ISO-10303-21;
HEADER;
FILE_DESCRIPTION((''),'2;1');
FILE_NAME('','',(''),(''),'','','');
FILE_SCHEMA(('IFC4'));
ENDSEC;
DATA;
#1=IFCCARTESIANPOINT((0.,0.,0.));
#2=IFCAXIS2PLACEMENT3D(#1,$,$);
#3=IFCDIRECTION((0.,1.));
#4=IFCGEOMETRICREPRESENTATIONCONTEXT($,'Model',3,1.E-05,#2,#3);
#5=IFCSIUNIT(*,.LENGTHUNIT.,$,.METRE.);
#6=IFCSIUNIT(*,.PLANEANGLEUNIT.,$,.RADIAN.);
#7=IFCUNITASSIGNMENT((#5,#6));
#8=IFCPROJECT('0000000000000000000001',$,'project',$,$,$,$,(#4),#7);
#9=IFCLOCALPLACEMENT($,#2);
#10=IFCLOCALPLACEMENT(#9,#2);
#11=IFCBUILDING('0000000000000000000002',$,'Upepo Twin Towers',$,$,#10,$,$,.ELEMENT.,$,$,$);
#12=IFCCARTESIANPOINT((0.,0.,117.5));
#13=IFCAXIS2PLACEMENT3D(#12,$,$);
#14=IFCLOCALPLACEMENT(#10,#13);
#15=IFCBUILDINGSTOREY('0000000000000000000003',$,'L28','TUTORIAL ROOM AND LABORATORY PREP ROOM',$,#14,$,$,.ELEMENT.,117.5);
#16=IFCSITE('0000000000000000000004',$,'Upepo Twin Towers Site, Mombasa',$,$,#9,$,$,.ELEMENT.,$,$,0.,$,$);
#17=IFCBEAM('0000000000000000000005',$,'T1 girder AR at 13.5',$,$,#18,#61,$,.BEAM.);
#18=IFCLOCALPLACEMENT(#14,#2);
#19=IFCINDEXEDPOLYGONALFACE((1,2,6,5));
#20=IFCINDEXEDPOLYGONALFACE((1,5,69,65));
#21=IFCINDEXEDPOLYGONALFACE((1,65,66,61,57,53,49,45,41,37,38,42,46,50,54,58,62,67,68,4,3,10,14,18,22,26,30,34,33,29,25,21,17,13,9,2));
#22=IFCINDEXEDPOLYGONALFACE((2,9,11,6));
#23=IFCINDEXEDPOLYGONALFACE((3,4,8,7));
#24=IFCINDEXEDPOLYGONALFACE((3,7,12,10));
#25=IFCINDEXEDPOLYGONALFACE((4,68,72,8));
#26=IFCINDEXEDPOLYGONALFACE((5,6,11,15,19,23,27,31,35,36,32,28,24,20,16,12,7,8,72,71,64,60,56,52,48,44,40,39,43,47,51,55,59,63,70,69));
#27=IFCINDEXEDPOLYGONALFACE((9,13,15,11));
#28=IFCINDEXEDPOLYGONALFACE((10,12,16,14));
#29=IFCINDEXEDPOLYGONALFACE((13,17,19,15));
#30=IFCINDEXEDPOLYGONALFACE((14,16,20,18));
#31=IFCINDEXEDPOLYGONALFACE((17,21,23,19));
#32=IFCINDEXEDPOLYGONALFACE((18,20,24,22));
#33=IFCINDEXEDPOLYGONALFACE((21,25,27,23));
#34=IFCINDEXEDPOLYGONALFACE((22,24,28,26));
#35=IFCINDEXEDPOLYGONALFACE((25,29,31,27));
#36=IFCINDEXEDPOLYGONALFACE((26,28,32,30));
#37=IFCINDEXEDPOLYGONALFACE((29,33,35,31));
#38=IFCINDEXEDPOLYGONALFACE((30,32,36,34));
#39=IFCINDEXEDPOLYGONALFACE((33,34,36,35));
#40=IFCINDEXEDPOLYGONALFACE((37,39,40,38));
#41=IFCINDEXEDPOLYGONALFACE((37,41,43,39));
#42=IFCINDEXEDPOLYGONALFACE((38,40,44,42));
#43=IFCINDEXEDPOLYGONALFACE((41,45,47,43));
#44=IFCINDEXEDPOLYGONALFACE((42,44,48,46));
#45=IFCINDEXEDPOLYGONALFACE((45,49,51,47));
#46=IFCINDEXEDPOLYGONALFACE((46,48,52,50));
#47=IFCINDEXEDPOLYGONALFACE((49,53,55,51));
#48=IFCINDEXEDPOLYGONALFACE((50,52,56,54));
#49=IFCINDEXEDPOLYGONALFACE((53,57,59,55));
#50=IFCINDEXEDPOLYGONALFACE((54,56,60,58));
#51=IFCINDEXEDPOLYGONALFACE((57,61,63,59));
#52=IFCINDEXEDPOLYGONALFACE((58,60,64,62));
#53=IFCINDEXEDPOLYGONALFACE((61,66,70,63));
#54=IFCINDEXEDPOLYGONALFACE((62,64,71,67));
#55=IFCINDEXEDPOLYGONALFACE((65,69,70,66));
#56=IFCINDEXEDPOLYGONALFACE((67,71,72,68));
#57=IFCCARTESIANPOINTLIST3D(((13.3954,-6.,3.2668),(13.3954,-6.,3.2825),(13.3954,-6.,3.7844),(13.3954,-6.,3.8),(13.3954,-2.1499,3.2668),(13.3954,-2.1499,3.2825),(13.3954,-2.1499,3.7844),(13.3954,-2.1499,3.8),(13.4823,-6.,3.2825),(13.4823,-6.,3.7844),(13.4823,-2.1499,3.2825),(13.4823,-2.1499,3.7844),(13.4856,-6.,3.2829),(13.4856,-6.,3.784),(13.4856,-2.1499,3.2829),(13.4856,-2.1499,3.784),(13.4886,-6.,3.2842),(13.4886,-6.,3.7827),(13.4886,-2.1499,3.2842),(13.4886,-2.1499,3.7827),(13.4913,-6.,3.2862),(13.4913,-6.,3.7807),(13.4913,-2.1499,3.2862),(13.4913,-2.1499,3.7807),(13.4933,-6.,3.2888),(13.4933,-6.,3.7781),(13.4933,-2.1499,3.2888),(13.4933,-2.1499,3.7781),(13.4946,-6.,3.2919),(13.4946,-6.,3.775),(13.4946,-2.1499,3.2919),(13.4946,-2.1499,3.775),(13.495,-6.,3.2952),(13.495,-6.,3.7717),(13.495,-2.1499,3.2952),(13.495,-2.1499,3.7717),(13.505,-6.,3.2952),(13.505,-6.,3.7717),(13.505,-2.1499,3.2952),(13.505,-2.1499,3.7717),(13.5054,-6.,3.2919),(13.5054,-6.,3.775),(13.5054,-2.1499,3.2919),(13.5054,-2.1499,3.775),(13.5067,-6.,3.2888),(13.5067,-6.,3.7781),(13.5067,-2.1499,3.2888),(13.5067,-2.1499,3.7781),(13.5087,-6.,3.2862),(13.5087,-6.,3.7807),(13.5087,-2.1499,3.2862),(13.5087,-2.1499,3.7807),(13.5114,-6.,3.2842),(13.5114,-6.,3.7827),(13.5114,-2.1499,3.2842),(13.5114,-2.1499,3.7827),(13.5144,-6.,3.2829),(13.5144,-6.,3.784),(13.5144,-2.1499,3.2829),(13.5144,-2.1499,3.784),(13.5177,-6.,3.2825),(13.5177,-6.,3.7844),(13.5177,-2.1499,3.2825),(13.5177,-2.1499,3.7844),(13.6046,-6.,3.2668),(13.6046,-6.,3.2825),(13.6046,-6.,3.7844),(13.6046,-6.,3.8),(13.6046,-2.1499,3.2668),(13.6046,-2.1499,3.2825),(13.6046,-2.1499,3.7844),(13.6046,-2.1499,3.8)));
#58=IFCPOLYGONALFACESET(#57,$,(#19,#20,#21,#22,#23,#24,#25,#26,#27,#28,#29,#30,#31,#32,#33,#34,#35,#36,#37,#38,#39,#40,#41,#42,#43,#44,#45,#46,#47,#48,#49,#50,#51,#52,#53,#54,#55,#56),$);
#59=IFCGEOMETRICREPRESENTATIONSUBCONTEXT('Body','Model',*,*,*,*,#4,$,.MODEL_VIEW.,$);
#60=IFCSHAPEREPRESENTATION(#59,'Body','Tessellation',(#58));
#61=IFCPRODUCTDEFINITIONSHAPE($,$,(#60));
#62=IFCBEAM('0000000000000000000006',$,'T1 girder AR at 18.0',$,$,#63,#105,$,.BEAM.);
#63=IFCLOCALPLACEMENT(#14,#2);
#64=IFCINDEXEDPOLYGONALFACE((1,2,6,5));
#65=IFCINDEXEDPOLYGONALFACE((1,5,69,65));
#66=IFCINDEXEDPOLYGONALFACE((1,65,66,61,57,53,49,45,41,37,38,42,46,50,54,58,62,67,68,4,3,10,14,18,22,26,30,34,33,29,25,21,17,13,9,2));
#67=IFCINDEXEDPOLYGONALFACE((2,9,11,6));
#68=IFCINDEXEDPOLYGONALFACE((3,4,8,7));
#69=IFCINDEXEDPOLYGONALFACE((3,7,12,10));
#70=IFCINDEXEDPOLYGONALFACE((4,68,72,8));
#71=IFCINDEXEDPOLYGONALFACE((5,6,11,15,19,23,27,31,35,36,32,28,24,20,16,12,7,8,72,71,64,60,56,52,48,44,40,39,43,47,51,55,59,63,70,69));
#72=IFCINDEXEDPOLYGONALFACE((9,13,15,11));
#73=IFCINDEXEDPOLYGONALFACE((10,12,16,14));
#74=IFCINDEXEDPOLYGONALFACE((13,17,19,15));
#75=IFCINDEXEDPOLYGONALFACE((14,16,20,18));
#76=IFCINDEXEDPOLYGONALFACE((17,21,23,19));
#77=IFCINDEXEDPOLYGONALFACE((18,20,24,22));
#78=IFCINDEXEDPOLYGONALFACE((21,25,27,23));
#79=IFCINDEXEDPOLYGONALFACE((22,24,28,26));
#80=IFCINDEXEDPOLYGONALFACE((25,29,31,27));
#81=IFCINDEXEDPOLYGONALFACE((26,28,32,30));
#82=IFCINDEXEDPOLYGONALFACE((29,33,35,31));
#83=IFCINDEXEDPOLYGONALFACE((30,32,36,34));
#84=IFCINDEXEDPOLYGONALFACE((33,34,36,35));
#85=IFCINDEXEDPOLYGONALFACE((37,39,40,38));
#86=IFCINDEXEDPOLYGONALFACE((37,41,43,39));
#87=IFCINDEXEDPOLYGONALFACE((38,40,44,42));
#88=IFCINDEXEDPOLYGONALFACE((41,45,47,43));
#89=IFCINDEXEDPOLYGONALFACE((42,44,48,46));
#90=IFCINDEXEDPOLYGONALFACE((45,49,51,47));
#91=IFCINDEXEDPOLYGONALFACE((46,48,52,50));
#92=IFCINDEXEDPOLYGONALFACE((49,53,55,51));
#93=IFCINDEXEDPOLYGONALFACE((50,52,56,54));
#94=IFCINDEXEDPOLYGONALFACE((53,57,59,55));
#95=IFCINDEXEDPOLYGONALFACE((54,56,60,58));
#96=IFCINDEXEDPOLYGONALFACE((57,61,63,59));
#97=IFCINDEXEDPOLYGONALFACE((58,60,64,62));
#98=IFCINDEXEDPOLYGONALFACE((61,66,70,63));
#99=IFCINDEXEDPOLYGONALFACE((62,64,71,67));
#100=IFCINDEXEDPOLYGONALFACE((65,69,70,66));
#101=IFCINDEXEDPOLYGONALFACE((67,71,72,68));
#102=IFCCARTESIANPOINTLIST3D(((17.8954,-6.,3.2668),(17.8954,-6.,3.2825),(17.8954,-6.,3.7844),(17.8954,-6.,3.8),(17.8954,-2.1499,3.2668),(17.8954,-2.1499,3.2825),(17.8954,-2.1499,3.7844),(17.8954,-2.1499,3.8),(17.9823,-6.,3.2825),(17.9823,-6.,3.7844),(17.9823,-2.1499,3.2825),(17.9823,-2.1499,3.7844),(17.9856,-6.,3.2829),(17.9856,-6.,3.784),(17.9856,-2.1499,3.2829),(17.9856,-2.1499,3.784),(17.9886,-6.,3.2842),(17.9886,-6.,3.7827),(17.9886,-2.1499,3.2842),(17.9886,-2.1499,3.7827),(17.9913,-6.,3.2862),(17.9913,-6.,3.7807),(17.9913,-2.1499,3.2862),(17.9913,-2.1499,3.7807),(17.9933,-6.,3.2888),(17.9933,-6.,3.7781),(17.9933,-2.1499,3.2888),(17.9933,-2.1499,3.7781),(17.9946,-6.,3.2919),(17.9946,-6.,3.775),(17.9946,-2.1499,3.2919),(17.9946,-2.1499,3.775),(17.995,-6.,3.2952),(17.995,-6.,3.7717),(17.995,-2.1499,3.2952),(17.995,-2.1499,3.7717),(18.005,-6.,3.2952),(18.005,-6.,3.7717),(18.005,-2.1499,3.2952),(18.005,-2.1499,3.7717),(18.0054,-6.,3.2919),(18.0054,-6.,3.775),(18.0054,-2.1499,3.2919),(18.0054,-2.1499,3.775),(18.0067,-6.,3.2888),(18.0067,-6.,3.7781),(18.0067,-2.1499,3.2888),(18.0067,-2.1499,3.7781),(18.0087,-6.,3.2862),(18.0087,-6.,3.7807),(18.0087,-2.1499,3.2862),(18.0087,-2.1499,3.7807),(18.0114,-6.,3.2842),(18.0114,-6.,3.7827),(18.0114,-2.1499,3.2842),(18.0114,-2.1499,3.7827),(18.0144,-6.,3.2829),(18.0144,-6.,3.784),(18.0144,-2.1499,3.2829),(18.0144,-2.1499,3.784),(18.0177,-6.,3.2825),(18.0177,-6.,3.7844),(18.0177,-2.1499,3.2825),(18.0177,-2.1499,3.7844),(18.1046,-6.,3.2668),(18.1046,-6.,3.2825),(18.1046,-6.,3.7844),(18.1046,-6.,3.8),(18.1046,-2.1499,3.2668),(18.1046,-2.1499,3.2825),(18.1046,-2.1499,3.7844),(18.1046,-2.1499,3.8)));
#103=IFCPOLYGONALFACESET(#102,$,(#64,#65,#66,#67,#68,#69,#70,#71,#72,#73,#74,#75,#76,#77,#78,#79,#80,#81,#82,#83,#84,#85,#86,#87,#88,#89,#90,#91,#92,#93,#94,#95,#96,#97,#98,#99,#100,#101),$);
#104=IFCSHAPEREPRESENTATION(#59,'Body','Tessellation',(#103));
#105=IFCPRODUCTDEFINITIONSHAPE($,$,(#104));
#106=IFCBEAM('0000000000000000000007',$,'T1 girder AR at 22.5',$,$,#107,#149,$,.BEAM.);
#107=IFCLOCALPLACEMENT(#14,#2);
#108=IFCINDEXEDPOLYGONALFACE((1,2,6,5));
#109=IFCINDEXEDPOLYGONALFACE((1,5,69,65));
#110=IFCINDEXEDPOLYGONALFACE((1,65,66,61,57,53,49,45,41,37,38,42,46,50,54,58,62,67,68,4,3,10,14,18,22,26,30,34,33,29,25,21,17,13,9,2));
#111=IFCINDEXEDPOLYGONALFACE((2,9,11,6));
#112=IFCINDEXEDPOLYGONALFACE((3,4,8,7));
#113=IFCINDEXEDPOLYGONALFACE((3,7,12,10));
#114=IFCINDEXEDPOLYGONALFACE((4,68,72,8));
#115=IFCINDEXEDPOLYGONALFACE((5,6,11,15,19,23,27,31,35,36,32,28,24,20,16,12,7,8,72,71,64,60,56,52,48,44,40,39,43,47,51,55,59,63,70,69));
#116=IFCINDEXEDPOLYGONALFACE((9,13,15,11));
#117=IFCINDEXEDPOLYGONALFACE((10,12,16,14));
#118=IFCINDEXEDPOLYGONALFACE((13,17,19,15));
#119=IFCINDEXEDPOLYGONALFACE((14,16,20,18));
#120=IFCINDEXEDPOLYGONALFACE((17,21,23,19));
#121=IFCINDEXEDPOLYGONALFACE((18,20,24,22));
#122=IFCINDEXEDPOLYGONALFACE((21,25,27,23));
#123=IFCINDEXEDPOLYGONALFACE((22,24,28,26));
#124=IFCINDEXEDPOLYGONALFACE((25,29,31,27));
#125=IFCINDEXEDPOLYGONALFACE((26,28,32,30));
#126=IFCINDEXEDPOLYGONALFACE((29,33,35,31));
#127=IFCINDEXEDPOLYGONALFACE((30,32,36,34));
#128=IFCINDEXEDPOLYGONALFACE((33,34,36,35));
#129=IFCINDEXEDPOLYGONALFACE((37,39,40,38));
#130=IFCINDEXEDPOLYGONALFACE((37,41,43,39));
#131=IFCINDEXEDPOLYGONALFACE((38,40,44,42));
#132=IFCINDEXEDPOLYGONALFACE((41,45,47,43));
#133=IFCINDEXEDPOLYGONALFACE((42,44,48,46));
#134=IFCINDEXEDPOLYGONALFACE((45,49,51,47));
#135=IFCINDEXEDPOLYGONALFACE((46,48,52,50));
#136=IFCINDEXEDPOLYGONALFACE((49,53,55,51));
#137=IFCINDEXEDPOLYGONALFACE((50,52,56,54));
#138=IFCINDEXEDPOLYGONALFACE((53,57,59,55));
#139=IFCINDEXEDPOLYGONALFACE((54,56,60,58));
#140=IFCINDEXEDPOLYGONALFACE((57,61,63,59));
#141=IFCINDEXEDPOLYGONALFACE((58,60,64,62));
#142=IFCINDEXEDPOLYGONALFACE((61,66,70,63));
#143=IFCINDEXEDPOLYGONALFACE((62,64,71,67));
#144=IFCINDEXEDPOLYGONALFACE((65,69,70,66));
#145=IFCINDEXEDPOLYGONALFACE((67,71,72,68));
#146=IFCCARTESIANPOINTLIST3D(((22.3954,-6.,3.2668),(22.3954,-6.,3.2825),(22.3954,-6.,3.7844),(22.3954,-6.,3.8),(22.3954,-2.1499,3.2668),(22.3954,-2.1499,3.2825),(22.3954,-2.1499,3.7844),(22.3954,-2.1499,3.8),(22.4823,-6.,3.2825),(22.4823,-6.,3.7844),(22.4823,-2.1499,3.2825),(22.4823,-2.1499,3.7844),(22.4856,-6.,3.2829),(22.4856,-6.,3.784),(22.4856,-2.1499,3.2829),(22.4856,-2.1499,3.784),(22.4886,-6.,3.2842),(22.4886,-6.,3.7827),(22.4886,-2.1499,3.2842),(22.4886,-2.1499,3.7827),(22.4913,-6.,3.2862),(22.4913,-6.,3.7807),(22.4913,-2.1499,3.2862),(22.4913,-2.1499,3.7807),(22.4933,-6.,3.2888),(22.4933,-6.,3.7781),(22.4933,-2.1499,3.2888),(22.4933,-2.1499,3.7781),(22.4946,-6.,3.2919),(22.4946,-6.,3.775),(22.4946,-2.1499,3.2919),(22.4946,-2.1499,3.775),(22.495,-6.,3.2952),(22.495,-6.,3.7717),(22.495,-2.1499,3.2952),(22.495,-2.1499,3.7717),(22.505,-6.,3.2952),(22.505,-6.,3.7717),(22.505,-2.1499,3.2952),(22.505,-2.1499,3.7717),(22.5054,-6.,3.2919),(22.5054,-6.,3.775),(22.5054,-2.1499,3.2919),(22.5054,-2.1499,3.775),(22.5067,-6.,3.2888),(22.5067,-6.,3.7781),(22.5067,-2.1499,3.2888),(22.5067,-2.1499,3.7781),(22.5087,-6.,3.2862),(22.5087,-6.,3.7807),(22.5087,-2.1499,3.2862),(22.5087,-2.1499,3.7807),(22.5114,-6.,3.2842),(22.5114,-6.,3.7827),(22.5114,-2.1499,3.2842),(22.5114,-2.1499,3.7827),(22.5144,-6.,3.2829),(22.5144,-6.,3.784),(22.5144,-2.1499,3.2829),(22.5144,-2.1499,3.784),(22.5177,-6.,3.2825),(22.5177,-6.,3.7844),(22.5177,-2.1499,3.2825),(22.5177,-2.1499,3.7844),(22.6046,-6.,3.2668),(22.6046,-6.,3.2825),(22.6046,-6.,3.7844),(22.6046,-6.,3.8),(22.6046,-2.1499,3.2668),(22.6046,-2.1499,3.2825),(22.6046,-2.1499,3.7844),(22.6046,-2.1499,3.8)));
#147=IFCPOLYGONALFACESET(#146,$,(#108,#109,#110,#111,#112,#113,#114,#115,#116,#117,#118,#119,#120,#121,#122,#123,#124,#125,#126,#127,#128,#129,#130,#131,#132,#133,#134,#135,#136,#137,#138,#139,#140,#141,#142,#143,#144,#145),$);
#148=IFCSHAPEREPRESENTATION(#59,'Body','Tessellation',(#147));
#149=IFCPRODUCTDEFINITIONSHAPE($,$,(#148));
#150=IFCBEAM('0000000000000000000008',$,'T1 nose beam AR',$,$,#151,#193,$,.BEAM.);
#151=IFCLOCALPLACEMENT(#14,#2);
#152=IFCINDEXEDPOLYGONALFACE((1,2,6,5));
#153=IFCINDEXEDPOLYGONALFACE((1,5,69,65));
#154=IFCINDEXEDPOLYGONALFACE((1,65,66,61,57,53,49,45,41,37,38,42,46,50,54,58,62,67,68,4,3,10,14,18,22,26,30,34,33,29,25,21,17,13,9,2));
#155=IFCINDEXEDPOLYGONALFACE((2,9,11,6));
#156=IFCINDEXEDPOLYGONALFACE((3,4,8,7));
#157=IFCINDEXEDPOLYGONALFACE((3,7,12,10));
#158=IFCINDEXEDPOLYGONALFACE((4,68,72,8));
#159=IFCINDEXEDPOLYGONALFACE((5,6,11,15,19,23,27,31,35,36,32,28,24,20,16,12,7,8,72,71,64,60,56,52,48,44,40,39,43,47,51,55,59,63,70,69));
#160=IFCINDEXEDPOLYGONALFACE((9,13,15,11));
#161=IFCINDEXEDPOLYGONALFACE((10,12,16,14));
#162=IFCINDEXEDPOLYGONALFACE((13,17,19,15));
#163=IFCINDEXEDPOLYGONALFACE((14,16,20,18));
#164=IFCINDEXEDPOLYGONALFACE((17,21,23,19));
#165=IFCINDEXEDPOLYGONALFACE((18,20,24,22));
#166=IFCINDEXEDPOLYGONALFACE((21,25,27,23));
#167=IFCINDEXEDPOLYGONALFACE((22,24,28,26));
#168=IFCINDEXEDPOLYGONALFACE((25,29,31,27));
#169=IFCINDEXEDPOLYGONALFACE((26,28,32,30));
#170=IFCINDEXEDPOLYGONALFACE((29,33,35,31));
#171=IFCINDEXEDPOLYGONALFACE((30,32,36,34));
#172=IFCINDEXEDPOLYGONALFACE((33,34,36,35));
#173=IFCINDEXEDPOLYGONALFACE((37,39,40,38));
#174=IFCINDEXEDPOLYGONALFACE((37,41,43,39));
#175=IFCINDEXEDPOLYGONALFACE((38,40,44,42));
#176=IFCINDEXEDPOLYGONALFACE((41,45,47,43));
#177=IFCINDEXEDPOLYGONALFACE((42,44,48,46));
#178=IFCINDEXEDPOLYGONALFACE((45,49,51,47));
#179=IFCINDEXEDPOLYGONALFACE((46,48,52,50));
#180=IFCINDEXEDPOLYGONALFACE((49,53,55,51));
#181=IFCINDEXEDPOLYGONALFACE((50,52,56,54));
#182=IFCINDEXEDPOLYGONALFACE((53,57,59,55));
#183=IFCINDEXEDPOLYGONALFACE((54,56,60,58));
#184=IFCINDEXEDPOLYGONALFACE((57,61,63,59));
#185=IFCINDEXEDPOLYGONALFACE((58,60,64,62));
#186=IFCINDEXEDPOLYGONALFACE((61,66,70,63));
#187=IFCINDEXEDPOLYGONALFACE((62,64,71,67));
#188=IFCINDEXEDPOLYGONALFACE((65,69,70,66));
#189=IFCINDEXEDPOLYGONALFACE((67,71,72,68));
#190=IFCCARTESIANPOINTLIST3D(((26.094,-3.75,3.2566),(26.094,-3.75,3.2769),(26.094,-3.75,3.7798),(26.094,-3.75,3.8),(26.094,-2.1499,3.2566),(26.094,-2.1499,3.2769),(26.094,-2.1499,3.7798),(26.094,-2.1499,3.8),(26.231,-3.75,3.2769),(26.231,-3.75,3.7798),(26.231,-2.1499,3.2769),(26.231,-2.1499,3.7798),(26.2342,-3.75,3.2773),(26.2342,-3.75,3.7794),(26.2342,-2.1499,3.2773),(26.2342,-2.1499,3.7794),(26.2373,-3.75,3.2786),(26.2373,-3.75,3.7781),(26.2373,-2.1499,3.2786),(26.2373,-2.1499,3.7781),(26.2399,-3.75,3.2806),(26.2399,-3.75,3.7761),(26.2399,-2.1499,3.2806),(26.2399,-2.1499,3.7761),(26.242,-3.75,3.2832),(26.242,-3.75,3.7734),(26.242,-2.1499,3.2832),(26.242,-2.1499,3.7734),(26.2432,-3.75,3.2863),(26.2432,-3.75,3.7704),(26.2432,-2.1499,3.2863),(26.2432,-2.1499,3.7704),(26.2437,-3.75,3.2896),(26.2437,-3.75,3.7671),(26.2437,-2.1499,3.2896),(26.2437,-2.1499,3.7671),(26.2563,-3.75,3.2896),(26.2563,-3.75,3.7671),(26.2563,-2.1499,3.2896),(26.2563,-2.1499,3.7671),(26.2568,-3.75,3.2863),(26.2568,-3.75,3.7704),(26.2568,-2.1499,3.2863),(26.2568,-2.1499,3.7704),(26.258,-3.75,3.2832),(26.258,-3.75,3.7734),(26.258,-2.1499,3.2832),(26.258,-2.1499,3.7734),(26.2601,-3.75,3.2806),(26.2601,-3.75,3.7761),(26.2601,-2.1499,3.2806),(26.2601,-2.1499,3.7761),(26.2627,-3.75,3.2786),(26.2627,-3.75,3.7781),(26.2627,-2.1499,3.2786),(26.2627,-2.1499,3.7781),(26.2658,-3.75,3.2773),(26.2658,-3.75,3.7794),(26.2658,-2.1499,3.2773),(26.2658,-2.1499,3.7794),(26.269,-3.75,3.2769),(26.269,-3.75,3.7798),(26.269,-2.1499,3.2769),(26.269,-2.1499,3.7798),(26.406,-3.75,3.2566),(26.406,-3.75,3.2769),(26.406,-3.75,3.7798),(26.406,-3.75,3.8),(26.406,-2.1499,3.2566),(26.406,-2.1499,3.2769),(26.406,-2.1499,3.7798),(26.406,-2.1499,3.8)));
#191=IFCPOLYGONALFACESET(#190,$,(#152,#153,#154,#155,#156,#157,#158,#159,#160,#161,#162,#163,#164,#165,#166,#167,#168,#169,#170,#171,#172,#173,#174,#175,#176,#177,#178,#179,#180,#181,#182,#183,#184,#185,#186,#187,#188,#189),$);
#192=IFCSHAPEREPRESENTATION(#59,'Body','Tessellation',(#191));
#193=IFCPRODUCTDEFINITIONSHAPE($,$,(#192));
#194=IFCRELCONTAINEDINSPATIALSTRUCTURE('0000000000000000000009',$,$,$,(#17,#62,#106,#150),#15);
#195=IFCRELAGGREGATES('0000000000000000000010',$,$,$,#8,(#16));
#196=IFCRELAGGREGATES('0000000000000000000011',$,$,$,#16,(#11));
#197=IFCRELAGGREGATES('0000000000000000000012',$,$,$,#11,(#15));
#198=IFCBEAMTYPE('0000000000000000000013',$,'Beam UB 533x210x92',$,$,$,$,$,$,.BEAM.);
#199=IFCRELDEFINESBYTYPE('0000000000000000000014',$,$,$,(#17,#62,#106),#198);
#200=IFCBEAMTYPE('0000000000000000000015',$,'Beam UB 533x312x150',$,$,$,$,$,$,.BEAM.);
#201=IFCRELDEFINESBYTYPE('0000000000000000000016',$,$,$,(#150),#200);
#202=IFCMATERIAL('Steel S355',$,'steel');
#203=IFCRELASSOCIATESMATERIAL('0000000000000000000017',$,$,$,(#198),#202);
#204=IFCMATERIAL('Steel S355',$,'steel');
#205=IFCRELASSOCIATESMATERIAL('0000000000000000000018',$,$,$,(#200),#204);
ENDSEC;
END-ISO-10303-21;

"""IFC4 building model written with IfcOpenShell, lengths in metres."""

from ifc_helpers import new_model, si_unit, direction, frame, origin, origin_2d, place, context, subcontext, project, spatial, i_section, extrude, material, material_profile, profile_set, type_object, element, save


model = new_model("IFC4")

# Units and contexts
model_context = context("Model", 3, precision=1e-05, world=origin(), true_north=direction((0.0, 1.0)))
body_context = subcontext(model_context, "Body", "Model", "MODEL_VIEW")
ifc_project = project(units=[si_unit("LENGTHUNIT", "METRE"), si_unit("PLANEANGLEUNIT", "RADIAN")], contexts=[model_context])

# Site, building, storey
site_placement = place(None, origin())
site = spatial("IfcSite", under=ifc_project, at=site_placement, Name="Upepo Twin Towers Site, Mombasa", CompositionType="ELEMENT", RefElevation=0.0)
building_placement = place(site_placement, origin())
building = spatial("IfcBuilding", under=site, at=building_placement, Name="Upepo Twin Towers", CompositionType="ELEMENT")
storey_placement = place(building_placement, frame((0.0, 0.0, 117.5)))
storey = spatial("IfcBuildingStorey", under=building, at=storey_placement, Name="L28", Description="TUTORIAL ROOM AND LABORATORY PREP ROOM", CompositionType="ELEMENT", Elevation=117.5)

# Beams
ifc_material_1 = material(Name="Steel S355", Category="steel")
ifc_material_profile_1 = material_profile(ifc_material_1, i_section(OverallWidth=0.2092, OverallDepth=0.5332, WebThickness=0.01, FlangeThickness=0.0156, FilletRadius=0.0127, at=origin_2d()), Name="UB 533x210x92")
ifc_profile_set_1 = profile_set([ifc_material_profile_1], Name="Steel S355")
beam_type_1 = type_object("IfcBeamType", Name="Beam UB 533x210x92", PredefinedType="BEAM", material=ifc_profile_set_1)
for number, where, z_axis, x_axis, name in (
    (1, (13.5, -6.0, 3.5334), (0.0, 1.0, 0.0), (-1.0, 0.0, 0.0), "T1 girder AR at 13.5"),
    (2, (18.0, -6.0, 3.5334), (0.0, 1.0, 0.0), (-1.0, 0.0, 0.0), "T1 girder AR at 18.0"),
    (3, (22.5, -6.0, 3.5334), (0.0, 1.0, 0.0), (-1.0, 0.0, 0.0), "T1 girder AR at 22.5"),
):
    element("IfcBeam", number, at=place(storey_placement, frame(where, z_axis=z_axis, x_axis=x_axis)), inside=storey, type_object=beam_type_1, Name=name, PredefinedType="BEAM", context=body_context, shape_type="SweptSolid", body=[
        extrude(i_section(OverallWidth=0.2092, OverallDepth=0.5332, WebThickness=0.01, FlangeThickness=0.0156, FilletRadius=0.0127, at=origin_2d()), origin(), (0.0, 0.0, 1.0), 3.8501),
    ])
ifc_material_2 = material(Name="Steel S355", Category="steel")
ifc_material_profile_2 = material_profile(ifc_material_2, i_section(OverallWidth=0.312, OverallDepth=0.5435, WebThickness=0.0127, FlangeThickness=0.0203, FilletRadius=0.0127, at=origin_2d()), Name="UB 533x312x150")
ifc_profile_set_2 = profile_set([ifc_material_profile_2], Name="Steel S355")
beam_type_2 = type_object("IfcBeamType", Name="Beam UB 533x312x150", PredefinedType="BEAM", material=ifc_profile_set_2)
beam_1_placement = place(storey_placement, frame((26.25, -3.75, 3.5283), z_axis=(0.0, 1.0, 0.0), x_axis=(-1.0, 0.0, 0.0)))
element("IfcBeam", 4, at=beam_1_placement, inside=storey, type_object=beam_type_2, Name="T1 nose beam AR", PredefinedType="BEAM", context=body_context, shape_type="SweptSolid", body=[
    extrude(i_section(OverallWidth=0.312, OverallDepth=0.5435, WebThickness=0.0127, FlangeThickness=0.0203, FilletRadius=0.0127, at=origin_2d()), origin(), (0.0, 0.0, 1.0), 1.6001),
])

save(model, "model.ifc")
